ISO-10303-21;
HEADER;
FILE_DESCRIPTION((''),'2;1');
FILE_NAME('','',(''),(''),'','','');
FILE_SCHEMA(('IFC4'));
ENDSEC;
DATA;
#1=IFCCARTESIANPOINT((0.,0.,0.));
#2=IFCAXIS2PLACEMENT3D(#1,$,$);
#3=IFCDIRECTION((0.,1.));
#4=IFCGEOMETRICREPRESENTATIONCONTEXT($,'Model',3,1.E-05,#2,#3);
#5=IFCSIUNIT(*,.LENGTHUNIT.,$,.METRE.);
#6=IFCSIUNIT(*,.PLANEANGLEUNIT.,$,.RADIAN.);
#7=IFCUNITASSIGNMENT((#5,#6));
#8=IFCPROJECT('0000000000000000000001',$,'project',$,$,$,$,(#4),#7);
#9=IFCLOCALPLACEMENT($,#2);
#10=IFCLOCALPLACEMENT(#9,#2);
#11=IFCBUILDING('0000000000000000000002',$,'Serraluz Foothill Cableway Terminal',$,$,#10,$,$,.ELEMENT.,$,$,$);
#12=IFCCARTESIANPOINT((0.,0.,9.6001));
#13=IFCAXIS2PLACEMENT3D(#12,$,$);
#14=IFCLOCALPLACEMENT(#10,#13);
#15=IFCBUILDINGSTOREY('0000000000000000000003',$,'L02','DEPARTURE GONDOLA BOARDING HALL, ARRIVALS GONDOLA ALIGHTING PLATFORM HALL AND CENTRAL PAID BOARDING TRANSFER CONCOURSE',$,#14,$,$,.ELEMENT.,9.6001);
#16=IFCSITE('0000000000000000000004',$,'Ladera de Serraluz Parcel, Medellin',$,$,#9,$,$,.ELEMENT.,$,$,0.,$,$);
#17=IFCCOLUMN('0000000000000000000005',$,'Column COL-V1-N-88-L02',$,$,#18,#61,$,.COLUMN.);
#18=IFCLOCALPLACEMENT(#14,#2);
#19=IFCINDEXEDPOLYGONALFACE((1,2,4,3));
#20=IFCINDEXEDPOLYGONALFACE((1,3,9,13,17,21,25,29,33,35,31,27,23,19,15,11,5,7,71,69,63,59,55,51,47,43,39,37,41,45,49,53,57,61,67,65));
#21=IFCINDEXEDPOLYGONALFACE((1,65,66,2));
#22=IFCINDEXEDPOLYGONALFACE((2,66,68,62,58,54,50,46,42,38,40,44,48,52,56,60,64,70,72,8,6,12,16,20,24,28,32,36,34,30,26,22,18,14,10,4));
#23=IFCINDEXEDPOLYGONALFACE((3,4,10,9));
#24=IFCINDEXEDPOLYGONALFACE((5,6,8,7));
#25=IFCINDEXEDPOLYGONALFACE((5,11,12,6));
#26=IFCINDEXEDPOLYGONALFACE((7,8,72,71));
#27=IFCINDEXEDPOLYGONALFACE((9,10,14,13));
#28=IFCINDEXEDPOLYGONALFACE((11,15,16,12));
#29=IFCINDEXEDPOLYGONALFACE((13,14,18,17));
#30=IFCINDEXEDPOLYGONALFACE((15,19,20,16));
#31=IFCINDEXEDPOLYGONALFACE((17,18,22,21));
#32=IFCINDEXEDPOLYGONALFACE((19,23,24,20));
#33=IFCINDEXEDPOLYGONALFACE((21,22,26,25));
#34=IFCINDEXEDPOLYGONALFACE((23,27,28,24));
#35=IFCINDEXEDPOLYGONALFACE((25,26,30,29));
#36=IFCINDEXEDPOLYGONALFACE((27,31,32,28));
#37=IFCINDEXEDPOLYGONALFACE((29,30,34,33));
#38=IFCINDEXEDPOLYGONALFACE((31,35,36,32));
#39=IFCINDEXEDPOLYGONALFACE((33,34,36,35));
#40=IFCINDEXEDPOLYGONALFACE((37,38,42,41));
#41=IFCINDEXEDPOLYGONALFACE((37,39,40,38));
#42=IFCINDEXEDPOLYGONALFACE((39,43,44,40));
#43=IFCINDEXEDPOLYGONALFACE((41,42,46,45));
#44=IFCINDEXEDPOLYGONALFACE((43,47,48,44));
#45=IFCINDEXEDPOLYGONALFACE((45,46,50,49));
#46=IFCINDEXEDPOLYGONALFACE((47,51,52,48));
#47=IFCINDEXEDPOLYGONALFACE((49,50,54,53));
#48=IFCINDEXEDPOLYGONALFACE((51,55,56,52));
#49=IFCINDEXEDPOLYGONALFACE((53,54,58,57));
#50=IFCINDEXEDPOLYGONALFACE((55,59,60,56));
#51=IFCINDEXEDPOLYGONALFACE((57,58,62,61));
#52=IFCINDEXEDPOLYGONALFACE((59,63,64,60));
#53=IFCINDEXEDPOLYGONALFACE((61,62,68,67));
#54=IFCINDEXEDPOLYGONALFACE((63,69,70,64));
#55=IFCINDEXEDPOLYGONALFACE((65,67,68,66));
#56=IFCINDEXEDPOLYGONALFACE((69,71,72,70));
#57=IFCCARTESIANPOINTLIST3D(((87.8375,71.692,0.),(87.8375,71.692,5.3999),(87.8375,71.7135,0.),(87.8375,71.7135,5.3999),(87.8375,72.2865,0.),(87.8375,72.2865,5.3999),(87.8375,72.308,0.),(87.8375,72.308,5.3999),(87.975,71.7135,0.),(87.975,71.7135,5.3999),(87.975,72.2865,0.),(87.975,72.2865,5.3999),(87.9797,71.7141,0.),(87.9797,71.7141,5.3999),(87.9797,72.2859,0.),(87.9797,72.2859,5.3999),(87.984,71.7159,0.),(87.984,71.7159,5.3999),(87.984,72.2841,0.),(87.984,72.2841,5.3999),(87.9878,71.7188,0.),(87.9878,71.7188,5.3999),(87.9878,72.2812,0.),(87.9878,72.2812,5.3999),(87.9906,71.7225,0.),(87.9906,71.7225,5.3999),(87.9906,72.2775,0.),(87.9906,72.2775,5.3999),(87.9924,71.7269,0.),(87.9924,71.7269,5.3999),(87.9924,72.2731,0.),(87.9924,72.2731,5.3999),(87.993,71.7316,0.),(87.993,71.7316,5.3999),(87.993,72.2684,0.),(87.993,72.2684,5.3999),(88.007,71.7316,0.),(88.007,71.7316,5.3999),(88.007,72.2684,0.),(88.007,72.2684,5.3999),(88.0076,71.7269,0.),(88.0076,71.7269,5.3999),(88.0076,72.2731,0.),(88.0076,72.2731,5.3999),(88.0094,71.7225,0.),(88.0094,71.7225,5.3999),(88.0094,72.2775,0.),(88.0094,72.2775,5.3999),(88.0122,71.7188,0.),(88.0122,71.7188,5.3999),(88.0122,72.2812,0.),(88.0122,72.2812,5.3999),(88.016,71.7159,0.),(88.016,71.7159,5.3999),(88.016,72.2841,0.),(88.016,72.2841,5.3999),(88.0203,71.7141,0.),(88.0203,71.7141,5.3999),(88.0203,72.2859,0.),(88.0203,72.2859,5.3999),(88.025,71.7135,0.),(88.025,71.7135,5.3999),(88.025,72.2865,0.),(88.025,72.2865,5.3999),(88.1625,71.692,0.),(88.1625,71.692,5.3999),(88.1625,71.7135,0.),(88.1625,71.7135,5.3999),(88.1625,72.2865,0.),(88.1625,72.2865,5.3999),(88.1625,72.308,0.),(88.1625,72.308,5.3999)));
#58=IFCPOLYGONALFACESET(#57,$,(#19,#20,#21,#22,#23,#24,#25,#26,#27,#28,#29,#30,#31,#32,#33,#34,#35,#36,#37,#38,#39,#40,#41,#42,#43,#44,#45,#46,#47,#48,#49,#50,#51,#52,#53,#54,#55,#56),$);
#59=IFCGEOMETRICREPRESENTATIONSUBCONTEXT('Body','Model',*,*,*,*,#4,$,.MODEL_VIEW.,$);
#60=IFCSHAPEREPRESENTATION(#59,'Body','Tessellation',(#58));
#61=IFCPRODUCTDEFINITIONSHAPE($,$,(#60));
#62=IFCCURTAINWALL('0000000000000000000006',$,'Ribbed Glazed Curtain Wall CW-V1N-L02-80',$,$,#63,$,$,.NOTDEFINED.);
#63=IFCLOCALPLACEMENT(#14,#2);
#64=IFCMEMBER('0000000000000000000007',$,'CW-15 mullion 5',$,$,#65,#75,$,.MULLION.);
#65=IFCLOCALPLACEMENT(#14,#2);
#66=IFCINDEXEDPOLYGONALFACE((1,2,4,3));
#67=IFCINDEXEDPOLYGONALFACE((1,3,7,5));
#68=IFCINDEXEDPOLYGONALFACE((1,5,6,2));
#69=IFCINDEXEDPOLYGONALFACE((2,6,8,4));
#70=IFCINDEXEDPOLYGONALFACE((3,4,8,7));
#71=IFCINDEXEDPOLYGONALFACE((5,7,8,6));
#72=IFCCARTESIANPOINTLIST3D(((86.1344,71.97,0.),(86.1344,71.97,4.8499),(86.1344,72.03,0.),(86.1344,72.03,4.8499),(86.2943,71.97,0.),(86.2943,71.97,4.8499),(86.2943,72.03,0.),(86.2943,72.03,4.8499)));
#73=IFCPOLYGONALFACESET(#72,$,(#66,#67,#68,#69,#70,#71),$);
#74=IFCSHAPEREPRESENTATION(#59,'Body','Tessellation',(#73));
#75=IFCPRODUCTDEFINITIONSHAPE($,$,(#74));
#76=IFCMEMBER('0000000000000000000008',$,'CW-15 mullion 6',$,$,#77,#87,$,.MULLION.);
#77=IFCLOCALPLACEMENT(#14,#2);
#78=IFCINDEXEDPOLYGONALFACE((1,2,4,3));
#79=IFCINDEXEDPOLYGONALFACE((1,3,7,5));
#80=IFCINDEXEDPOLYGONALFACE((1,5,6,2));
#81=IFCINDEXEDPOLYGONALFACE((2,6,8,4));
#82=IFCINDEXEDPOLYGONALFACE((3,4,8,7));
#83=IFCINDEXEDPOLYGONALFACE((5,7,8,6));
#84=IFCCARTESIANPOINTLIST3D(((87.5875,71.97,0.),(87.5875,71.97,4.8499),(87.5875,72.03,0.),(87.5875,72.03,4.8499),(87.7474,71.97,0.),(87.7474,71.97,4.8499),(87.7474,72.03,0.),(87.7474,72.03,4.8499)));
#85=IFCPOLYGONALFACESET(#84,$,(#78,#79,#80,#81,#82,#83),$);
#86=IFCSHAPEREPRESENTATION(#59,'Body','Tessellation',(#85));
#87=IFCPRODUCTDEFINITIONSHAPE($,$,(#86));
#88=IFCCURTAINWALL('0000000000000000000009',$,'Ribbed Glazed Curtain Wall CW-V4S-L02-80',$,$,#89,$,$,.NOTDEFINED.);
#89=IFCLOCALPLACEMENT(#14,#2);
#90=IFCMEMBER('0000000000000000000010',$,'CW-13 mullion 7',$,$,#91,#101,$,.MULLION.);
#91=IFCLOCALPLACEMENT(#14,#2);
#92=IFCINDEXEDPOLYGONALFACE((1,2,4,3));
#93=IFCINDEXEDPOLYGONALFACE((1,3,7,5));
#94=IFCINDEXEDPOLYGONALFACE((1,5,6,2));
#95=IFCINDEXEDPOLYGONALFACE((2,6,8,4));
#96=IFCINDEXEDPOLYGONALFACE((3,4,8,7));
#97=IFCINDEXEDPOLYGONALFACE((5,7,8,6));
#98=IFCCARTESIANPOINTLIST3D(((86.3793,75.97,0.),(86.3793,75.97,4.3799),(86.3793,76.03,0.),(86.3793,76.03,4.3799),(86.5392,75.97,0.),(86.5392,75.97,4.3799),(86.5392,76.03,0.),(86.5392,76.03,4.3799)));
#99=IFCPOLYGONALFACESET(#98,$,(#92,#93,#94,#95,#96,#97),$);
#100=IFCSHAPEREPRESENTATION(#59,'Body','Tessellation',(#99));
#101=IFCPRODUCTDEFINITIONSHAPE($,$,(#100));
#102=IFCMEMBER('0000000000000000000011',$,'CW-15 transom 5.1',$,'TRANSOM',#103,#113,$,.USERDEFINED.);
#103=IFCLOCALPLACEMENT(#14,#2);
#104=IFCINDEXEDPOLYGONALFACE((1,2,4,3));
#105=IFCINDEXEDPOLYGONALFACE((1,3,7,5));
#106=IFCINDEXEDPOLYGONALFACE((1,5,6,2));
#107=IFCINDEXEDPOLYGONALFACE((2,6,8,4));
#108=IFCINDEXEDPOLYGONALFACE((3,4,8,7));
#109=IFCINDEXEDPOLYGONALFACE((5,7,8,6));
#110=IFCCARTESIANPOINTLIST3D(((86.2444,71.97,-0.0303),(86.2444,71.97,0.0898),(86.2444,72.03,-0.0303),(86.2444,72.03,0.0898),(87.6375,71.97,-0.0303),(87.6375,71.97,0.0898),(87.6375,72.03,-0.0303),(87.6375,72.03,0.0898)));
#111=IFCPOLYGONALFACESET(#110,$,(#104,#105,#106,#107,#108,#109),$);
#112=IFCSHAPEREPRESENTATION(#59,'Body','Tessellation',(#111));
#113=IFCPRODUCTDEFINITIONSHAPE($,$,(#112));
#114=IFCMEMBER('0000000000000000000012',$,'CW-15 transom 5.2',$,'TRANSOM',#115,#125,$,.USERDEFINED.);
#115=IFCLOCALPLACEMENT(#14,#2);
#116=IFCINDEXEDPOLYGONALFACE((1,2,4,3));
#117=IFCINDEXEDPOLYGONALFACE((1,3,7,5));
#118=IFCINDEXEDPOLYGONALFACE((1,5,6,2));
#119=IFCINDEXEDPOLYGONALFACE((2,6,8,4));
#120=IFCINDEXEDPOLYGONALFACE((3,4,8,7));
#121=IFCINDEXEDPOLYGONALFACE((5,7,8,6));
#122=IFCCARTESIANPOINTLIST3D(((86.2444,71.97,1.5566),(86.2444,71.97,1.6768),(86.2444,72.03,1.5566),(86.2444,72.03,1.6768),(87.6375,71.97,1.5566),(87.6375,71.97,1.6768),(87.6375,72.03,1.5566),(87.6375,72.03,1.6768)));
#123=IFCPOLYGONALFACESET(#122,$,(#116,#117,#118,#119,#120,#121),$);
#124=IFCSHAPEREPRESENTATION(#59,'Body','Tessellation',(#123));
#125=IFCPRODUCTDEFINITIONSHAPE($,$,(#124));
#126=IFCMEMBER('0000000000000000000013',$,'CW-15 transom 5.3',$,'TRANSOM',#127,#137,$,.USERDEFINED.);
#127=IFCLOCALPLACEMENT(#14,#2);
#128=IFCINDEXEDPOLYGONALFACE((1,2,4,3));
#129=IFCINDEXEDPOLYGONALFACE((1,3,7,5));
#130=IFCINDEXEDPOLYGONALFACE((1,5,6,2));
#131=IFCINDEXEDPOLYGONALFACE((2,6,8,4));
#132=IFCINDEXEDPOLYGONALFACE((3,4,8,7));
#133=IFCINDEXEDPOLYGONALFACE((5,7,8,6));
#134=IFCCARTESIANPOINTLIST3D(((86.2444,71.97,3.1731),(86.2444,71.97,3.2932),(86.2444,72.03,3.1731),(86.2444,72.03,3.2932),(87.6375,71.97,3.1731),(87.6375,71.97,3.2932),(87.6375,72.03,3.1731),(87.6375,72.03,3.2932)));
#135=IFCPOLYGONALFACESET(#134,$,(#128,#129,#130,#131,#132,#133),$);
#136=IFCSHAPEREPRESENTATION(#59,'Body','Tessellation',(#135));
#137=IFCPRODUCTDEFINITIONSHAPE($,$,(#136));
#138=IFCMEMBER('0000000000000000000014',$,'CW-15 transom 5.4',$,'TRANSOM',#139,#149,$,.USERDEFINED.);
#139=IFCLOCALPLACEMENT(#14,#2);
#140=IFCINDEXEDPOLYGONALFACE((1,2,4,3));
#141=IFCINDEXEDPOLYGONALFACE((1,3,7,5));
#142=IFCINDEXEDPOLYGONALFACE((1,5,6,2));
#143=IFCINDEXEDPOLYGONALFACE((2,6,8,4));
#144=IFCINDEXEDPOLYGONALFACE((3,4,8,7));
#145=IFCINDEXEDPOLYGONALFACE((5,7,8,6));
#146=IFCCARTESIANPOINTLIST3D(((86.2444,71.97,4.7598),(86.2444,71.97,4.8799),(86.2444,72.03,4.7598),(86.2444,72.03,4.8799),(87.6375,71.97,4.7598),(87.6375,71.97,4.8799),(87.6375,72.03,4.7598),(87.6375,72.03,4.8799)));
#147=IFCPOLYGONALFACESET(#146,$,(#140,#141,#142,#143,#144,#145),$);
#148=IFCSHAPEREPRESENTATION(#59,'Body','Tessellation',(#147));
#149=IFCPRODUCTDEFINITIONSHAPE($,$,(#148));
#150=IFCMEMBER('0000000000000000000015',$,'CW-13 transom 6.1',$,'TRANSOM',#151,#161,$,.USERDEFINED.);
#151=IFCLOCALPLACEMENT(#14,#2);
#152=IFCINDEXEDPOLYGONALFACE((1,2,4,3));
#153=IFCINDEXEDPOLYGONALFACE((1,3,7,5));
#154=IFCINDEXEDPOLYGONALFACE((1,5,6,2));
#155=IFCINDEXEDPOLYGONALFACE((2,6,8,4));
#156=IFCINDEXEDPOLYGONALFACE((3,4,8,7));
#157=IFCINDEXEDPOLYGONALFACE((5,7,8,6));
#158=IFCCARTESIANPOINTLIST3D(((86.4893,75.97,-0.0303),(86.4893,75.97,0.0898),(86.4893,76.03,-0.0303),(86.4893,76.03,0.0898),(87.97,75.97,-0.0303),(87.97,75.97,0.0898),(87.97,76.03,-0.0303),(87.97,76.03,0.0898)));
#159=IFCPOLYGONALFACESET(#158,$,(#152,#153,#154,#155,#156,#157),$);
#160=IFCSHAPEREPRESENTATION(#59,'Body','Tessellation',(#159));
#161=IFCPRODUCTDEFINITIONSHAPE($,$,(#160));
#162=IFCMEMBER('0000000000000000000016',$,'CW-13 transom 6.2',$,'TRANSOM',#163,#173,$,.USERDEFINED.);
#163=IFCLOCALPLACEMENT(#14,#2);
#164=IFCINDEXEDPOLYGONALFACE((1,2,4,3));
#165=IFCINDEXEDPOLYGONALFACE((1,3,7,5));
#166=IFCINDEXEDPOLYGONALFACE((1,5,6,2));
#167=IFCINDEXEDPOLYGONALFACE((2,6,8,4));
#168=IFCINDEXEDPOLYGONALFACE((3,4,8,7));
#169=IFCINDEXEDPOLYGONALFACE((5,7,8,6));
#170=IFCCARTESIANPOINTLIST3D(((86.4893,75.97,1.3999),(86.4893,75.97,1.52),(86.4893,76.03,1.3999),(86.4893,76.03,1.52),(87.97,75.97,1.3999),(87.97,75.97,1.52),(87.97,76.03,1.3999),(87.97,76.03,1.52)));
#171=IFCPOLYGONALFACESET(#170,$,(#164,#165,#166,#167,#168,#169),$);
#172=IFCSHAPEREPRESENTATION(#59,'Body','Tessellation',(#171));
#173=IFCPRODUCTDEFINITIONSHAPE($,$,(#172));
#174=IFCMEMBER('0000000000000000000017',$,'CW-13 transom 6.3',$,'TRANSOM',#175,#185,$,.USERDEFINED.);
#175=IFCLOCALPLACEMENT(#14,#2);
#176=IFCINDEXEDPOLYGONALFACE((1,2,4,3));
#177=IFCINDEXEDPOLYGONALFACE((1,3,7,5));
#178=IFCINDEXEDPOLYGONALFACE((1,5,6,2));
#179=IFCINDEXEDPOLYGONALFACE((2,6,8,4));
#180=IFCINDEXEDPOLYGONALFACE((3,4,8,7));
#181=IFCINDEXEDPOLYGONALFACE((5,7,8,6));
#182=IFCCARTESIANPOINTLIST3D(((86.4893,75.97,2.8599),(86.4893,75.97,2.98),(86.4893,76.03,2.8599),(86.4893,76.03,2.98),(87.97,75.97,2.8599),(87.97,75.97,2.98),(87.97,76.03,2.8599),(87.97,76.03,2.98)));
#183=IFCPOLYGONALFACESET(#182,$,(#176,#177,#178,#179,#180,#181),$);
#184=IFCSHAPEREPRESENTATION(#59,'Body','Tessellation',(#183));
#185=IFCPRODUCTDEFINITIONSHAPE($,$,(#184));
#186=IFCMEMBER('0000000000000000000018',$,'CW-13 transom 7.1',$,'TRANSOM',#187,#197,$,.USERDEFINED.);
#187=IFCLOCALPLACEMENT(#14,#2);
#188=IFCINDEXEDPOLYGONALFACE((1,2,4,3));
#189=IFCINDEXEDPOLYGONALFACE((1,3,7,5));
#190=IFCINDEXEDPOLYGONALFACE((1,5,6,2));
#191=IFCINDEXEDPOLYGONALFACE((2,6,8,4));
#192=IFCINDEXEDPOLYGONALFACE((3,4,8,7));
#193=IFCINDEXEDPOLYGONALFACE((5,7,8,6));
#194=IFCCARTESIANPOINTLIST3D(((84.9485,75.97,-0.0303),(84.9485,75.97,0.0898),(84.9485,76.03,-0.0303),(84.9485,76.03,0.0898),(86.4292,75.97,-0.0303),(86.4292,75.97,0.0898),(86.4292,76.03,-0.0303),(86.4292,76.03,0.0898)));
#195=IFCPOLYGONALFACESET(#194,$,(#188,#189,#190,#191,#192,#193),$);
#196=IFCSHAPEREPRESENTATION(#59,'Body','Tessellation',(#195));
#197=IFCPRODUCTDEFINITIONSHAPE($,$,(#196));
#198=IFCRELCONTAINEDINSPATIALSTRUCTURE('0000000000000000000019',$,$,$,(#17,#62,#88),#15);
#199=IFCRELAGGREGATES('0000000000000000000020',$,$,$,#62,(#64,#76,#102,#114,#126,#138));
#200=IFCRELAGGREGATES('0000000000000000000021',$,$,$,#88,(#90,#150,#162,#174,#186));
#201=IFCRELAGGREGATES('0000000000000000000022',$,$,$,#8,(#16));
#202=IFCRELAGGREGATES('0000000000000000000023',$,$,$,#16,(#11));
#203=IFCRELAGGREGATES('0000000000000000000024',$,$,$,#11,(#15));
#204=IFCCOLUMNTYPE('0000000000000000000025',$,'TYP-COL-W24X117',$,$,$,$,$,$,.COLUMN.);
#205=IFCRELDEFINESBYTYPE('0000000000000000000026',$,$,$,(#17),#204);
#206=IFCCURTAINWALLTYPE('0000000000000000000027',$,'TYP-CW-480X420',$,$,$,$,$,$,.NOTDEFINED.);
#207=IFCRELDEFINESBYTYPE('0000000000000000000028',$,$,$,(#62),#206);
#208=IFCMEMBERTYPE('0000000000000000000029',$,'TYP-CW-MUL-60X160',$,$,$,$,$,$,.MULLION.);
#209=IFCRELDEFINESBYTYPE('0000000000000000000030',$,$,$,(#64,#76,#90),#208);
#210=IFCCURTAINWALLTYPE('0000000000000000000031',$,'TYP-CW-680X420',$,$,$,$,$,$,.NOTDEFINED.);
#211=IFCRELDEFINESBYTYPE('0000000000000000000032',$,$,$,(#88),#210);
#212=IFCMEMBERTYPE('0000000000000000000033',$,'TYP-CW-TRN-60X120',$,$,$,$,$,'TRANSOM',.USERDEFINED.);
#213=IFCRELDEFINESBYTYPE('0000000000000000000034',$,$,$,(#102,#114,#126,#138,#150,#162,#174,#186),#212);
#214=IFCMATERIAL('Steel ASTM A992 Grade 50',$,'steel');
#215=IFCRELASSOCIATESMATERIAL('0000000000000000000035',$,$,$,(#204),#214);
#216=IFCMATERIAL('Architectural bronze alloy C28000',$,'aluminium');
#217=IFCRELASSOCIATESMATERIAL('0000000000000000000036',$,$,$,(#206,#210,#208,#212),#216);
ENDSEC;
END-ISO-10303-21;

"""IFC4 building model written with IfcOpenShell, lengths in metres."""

from ifc_helpers import new_model, si_unit, direction, frame, origin, origin_2d, place, context, subcontext, project, spatial, rectangle, i_section, extrude, material, material_profile, profile_set, type_object, element, aggregate, save


model = new_model("IFC4")

# Units and contexts
model_context = context("Model", 3, precision=1e-05, world=origin(), true_north=direction((0.0, 1.0)))
body_context = subcontext(model_context, "Body", "Model", "MODEL_VIEW")
ifc_project = project(units=[si_unit("LENGTHUNIT", "METRE"), si_unit("PLANEANGLEUNIT", "RADIAN")], contexts=[model_context])

# Site, building, storey
site_placement = place(None, origin())
site = spatial("IfcSite", under=ifc_project, at=site_placement, Name="Ladera de Serraluz Parcel, Medellin", CompositionType="ELEMENT", RefElevation=0.0)
building_placement = place(site_placement, origin())
building = spatial("IfcBuilding", under=site, at=building_placement, Name="Serraluz Foothill Cableway Terminal", CompositionType="ELEMENT")
storey_placement = place(building_placement, frame((0.0, 0.0, 9.6001)))
storey = spatial("IfcBuildingStorey", under=building, at=storey_placement, Name="L02", Description="DEPARTURE GONDOLA BOARDING HALL, ARRIVALS GONDOLA ALIGHTING PLATFORM HALL AND CENTRAL PAID BOARDING TRANSFER CONCOURSE", CompositionType="ELEMENT", Elevation=9.6001)

# Column
ifc_material_1 = material(Name="Steel ASTM A992 Grade 50", Category="steel")
ifc_material_profile_1 = material_profile(ifc_material_1, i_section(OverallWidth=0.325, OverallDepth=0.616, WebThickness=0.0139, FlangeThickness=0.0215, FilletRadius=0.0181, at=origin_2d()), Name="W24X117")
ifc_profile_set_1 = profile_set([ifc_material_profile_1], Name="Steel ASTM A992 Grade 50")
column_type = type_object("IfcColumnType", Name="TYP-COL-W24X117", PredefinedType="COLUMN", material=ifc_profile_set_1)
column_placement = place(storey_placement, frame((88.0, 72.0, 0.0), z_axis=(0.0, 0.0, 1.0), x_axis=(1.0, 0.0, 0.0)))
element("IfcColumn", 1, at=column_placement, inside=storey, type_object=column_type, Name="Column COL-V1-N-88-L02", PredefinedType="COLUMN", context=body_context, shape_type="SweptSolid", body=[
    extrude(i_section(OverallWidth=0.325, OverallDepth=0.616, WebThickness=0.0139, FlangeThickness=0.0215, FilletRadius=0.0181, at=origin_2d()), origin(), (0.0, 0.0, 1.0), 5.3999),
])

# Curtain wall, members
ifc_material_2 = material(Name="Architectural bronze alloy C28000", Category="aluminium")
curtain_wall_type_1 = type_object("IfcCurtainWallType", Name="TYP-CW-480X420", PredefinedType="NOTDEFINED", material=ifc_material_2)
curtain_wall_1_placement = place(storey_placement, origin())
curtain_wall_1 = element("IfcCurtainWall", 2, at=curtain_wall_1_placement, inside=storey, type_object=curtain_wall_type_1, Name="Ribbed Glazed Curtain Wall CW-V1N-L02-80", PredefinedType="NOTDEFINED")
ifc_material_profile_2 = material_profile(ifc_material_2, rectangle(XDim=0.0601, YDim=0.1599, at=origin_2d()), Name="ALU MULLION 60x160")
ifc_profile_set_2 = profile_set([ifc_material_profile_2], Name="Architectural bronze alloy C28000")
member_type_1 = type_object("IfcMemberType", Name="TYP-CW-MUL-60X160", PredefinedType="MULLION", material=ifc_profile_set_2)
member_1_placement = place(storey_placement, frame((86.2144, 72.0, 0.0), z_axis=(0.0, 0.0, 1.0), x_axis=(0.0, 1.0, 0.0)))
member_1 = element("IfcMember", 3, at=member_1_placement, type_object=member_type_1, Name="CW-15 mullion 5", PredefinedType="MULLION", context=body_context, shape_type="SweptSolid", body=[
    extrude(rectangle(XDim=0.0601, YDim=0.1599, at=origin_2d()), origin(), (0.0, 0.0, 1.0), 4.8499),
])
member_2_placement = place(storey_placement, frame((87.6675, 72.0, 0.0), z_axis=(0.0, 0.0, 1.0), x_axis=(0.0, 1.0, 0.0)))
member_2 = element("IfcMember", 4, at=member_2_placement, type_object=member_type_1, Name="CW-15 mullion 6", PredefinedType="MULLION", context=body_context, shape_type="SweptSolid", body=[
    extrude(rectangle(XDim=0.0601, YDim=0.1599, at=origin_2d()), origin(), (0.0, 0.0, 1.0), 4.8499),
])

# Curtain wall, member
curtain_wall_type_2 = type_object("IfcCurtainWallType", Name="TYP-CW-680X420", PredefinedType="NOTDEFINED", material=ifc_material_2)
curtain_wall_2_placement = place(storey_placement, origin())
curtain_wall_2 = element("IfcCurtainWall", 5, at=curtain_wall_2_placement, inside=storey, type_object=curtain_wall_type_2, Name="Ribbed Glazed Curtain Wall CW-V4S-L02-80", PredefinedType="NOTDEFINED")
member_3_placement = place(storey_placement, frame((86.4592, 76.0, 0.0), z_axis=(0.0, 0.0, 1.0), x_axis=(0.0, -1.0, 0.0)))
member_3 = element("IfcMember", 6, at=member_3_placement, type_object=member_type_1, Name="CW-13 mullion 7", PredefinedType="MULLION", context=body_context, shape_type="SweptSolid", body=[
    extrude(rectangle(XDim=0.0601, YDim=0.1599, at=origin_2d()), origin(), (0.0, 0.0, 1.0), 4.3799),
])

# Members
ifc_material_profile_3 = material_profile(ifc_material_2, rectangle(XDim=0.0601, YDim=0.1201, at=origin_2d()), Name="ALU TRANSOM 60x120")
ifc_profile_set_3 = profile_set([ifc_material_profile_3], Name="Architectural bronze alloy C28000")
member_type_2 = type_object("IfcMemberType", Name="TYP-CW-TRN-60X120", ElementType="TRANSOM", PredefinedType="USERDEFINED", material=ifc_profile_set_3)
member_4_placement = place(storey_placement, frame((86.2444, 72.0, 0.0298), z_axis=(1.0, 0.0, 0.0), x_axis=(0.0, 1.0, 0.0)))
member_4 = element("IfcMember", 7, at=member_4_placement, type_object=member_type_2, Name="CW-15 transom 5.1", ObjectType="TRANSOM", PredefinedType="USERDEFINED", context=body_context, shape_type="SweptSolid", body=[
    extrude(rectangle(XDim=0.0601, YDim=0.1201, at=origin_2d()), origin(), (0.0, 0.0, 1.0), 1.3931),
])
member_5_placement = place(storey_placement, frame((86.2444, 72.0, 1.6167), z_axis=(1.0, 0.0, 0.0), x_axis=(0.0, 1.0, 0.0)))
member_5 = element("IfcMember", 8, at=member_5_placement, type_object=member_type_2, Name="CW-15 transom 5.2", ObjectType="TRANSOM", PredefinedType="USERDEFINED", context=body_context, shape_type="SweptSolid", body=[
    extrude(rectangle(XDim=0.0601, YDim=0.1201, at=origin_2d()), origin(), (0.0, 0.0, 1.0), 1.3931),
])
member_6_placement = place(storey_placement, frame((86.2444, 72.0, 3.2332), z_axis=(1.0, 0.0, 0.0), x_axis=(0.0, 1.0, 0.0)))
member_6 = element("IfcMember", 9, at=member_6_placement, type_object=member_type_2, Name="CW-15 transom 5.3", ObjectType="TRANSOM", PredefinedType="USERDEFINED", context=body_context, shape_type="SweptSolid", body=[
    extrude(rectangle(XDim=0.0601, YDim=0.1201, at=origin_2d()), origin(), (0.0, 0.0, 1.0), 1.3931),
])
member_7_placement = place(storey_placement, frame((86.2444, 72.0, 4.8198), z_axis=(1.0, 0.0, 0.0), x_axis=(0.0, 1.0, 0.0)))
member_7 = element("IfcMember", 10, at=member_7_placement, type_object=member_type_2, Name="CW-15 transom 5.4", ObjectType="TRANSOM", PredefinedType="USERDEFINED", context=body_context, shape_type="SweptSolid", body=[
    extrude(rectangle(XDim=0.0601, YDim=0.1201, at=origin_2d()), origin(), (0.0, 0.0, 1.0), 1.3931),
])
member_8_placement = place(storey_placement, frame((87.97, 76.0, 0.0298), z_axis=(-1.0, 0.0, 0.0), x_axis=(0.0, -1.0, 0.0)))
member_8 = element("IfcMember", 11, at=member_8_placement, type_object=member_type_2, Name="CW-13 transom 6.1", ObjectType="TRANSOM", PredefinedType="USERDEFINED", context=body_context, shape_type="SweptSolid", body=[
    extrude(rectangle(XDim=0.0601, YDim=0.1201, at=origin_2d()), origin(), (0.0, 0.0, 1.0), 1.4807),
])
member_9_placement = place(storey_placement, frame((87.97, 76.0, 1.46), z_axis=(-1.0, 0.0, 0.0), x_axis=(0.0, -1.0, 0.0)))
member_9 = element("IfcMember", 12, at=member_9_placement, type_object=member_type_2, Name="CW-13 transom 6.2", ObjectType="TRANSOM", PredefinedType="USERDEFINED", context=body_context, shape_type="SweptSolid", body=[
    extrude(rectangle(XDim=0.0601, YDim=0.1201, at=origin_2d()), origin(), (0.0, 0.0, 1.0), 1.4807),
])
member_10_placement = place(storey_placement, frame((87.97, 76.0, 2.9199), z_axis=(-1.0, 0.0, 0.0), x_axis=(0.0, -1.0, 0.0)))
member_10 = element("IfcMember", 13, at=member_10_placement, type_object=member_type_2, Name="CW-13 transom 6.3", ObjectType="TRANSOM", PredefinedType="USERDEFINED", context=body_context, shape_type="SweptSolid", body=[
    extrude(rectangle(XDim=0.0601, YDim=0.1201, at=origin_2d()), origin(), (0.0, 0.0, 1.0), 1.4807),
])
member_11_placement = place(storey_placement, frame((86.4292, 76.0, 0.0298), z_axis=(-1.0, 0.0, 0.0), x_axis=(0.0, -1.0, 0.0)))
member_11 = element("IfcMember", 14, at=member_11_placement, type_object=member_type_2, Name="CW-13 transom 7.1", ObjectType="TRANSOM", PredefinedType="USERDEFINED", context=body_context, shape_type="SweptSolid", body=[
    extrude(rectangle(XDim=0.0601, YDim=0.1201, at=origin_2d()), origin(), (0.0, 0.0, 1.0), 1.4807),
])

aggregate(curtain_wall_1, [member_1, member_2, member_4, member_5, member_6, member_7])
aggregate(curtain_wall_2, [member_3, member_8, member_9, member_10, member_11])

save(model, "model.ifc")
